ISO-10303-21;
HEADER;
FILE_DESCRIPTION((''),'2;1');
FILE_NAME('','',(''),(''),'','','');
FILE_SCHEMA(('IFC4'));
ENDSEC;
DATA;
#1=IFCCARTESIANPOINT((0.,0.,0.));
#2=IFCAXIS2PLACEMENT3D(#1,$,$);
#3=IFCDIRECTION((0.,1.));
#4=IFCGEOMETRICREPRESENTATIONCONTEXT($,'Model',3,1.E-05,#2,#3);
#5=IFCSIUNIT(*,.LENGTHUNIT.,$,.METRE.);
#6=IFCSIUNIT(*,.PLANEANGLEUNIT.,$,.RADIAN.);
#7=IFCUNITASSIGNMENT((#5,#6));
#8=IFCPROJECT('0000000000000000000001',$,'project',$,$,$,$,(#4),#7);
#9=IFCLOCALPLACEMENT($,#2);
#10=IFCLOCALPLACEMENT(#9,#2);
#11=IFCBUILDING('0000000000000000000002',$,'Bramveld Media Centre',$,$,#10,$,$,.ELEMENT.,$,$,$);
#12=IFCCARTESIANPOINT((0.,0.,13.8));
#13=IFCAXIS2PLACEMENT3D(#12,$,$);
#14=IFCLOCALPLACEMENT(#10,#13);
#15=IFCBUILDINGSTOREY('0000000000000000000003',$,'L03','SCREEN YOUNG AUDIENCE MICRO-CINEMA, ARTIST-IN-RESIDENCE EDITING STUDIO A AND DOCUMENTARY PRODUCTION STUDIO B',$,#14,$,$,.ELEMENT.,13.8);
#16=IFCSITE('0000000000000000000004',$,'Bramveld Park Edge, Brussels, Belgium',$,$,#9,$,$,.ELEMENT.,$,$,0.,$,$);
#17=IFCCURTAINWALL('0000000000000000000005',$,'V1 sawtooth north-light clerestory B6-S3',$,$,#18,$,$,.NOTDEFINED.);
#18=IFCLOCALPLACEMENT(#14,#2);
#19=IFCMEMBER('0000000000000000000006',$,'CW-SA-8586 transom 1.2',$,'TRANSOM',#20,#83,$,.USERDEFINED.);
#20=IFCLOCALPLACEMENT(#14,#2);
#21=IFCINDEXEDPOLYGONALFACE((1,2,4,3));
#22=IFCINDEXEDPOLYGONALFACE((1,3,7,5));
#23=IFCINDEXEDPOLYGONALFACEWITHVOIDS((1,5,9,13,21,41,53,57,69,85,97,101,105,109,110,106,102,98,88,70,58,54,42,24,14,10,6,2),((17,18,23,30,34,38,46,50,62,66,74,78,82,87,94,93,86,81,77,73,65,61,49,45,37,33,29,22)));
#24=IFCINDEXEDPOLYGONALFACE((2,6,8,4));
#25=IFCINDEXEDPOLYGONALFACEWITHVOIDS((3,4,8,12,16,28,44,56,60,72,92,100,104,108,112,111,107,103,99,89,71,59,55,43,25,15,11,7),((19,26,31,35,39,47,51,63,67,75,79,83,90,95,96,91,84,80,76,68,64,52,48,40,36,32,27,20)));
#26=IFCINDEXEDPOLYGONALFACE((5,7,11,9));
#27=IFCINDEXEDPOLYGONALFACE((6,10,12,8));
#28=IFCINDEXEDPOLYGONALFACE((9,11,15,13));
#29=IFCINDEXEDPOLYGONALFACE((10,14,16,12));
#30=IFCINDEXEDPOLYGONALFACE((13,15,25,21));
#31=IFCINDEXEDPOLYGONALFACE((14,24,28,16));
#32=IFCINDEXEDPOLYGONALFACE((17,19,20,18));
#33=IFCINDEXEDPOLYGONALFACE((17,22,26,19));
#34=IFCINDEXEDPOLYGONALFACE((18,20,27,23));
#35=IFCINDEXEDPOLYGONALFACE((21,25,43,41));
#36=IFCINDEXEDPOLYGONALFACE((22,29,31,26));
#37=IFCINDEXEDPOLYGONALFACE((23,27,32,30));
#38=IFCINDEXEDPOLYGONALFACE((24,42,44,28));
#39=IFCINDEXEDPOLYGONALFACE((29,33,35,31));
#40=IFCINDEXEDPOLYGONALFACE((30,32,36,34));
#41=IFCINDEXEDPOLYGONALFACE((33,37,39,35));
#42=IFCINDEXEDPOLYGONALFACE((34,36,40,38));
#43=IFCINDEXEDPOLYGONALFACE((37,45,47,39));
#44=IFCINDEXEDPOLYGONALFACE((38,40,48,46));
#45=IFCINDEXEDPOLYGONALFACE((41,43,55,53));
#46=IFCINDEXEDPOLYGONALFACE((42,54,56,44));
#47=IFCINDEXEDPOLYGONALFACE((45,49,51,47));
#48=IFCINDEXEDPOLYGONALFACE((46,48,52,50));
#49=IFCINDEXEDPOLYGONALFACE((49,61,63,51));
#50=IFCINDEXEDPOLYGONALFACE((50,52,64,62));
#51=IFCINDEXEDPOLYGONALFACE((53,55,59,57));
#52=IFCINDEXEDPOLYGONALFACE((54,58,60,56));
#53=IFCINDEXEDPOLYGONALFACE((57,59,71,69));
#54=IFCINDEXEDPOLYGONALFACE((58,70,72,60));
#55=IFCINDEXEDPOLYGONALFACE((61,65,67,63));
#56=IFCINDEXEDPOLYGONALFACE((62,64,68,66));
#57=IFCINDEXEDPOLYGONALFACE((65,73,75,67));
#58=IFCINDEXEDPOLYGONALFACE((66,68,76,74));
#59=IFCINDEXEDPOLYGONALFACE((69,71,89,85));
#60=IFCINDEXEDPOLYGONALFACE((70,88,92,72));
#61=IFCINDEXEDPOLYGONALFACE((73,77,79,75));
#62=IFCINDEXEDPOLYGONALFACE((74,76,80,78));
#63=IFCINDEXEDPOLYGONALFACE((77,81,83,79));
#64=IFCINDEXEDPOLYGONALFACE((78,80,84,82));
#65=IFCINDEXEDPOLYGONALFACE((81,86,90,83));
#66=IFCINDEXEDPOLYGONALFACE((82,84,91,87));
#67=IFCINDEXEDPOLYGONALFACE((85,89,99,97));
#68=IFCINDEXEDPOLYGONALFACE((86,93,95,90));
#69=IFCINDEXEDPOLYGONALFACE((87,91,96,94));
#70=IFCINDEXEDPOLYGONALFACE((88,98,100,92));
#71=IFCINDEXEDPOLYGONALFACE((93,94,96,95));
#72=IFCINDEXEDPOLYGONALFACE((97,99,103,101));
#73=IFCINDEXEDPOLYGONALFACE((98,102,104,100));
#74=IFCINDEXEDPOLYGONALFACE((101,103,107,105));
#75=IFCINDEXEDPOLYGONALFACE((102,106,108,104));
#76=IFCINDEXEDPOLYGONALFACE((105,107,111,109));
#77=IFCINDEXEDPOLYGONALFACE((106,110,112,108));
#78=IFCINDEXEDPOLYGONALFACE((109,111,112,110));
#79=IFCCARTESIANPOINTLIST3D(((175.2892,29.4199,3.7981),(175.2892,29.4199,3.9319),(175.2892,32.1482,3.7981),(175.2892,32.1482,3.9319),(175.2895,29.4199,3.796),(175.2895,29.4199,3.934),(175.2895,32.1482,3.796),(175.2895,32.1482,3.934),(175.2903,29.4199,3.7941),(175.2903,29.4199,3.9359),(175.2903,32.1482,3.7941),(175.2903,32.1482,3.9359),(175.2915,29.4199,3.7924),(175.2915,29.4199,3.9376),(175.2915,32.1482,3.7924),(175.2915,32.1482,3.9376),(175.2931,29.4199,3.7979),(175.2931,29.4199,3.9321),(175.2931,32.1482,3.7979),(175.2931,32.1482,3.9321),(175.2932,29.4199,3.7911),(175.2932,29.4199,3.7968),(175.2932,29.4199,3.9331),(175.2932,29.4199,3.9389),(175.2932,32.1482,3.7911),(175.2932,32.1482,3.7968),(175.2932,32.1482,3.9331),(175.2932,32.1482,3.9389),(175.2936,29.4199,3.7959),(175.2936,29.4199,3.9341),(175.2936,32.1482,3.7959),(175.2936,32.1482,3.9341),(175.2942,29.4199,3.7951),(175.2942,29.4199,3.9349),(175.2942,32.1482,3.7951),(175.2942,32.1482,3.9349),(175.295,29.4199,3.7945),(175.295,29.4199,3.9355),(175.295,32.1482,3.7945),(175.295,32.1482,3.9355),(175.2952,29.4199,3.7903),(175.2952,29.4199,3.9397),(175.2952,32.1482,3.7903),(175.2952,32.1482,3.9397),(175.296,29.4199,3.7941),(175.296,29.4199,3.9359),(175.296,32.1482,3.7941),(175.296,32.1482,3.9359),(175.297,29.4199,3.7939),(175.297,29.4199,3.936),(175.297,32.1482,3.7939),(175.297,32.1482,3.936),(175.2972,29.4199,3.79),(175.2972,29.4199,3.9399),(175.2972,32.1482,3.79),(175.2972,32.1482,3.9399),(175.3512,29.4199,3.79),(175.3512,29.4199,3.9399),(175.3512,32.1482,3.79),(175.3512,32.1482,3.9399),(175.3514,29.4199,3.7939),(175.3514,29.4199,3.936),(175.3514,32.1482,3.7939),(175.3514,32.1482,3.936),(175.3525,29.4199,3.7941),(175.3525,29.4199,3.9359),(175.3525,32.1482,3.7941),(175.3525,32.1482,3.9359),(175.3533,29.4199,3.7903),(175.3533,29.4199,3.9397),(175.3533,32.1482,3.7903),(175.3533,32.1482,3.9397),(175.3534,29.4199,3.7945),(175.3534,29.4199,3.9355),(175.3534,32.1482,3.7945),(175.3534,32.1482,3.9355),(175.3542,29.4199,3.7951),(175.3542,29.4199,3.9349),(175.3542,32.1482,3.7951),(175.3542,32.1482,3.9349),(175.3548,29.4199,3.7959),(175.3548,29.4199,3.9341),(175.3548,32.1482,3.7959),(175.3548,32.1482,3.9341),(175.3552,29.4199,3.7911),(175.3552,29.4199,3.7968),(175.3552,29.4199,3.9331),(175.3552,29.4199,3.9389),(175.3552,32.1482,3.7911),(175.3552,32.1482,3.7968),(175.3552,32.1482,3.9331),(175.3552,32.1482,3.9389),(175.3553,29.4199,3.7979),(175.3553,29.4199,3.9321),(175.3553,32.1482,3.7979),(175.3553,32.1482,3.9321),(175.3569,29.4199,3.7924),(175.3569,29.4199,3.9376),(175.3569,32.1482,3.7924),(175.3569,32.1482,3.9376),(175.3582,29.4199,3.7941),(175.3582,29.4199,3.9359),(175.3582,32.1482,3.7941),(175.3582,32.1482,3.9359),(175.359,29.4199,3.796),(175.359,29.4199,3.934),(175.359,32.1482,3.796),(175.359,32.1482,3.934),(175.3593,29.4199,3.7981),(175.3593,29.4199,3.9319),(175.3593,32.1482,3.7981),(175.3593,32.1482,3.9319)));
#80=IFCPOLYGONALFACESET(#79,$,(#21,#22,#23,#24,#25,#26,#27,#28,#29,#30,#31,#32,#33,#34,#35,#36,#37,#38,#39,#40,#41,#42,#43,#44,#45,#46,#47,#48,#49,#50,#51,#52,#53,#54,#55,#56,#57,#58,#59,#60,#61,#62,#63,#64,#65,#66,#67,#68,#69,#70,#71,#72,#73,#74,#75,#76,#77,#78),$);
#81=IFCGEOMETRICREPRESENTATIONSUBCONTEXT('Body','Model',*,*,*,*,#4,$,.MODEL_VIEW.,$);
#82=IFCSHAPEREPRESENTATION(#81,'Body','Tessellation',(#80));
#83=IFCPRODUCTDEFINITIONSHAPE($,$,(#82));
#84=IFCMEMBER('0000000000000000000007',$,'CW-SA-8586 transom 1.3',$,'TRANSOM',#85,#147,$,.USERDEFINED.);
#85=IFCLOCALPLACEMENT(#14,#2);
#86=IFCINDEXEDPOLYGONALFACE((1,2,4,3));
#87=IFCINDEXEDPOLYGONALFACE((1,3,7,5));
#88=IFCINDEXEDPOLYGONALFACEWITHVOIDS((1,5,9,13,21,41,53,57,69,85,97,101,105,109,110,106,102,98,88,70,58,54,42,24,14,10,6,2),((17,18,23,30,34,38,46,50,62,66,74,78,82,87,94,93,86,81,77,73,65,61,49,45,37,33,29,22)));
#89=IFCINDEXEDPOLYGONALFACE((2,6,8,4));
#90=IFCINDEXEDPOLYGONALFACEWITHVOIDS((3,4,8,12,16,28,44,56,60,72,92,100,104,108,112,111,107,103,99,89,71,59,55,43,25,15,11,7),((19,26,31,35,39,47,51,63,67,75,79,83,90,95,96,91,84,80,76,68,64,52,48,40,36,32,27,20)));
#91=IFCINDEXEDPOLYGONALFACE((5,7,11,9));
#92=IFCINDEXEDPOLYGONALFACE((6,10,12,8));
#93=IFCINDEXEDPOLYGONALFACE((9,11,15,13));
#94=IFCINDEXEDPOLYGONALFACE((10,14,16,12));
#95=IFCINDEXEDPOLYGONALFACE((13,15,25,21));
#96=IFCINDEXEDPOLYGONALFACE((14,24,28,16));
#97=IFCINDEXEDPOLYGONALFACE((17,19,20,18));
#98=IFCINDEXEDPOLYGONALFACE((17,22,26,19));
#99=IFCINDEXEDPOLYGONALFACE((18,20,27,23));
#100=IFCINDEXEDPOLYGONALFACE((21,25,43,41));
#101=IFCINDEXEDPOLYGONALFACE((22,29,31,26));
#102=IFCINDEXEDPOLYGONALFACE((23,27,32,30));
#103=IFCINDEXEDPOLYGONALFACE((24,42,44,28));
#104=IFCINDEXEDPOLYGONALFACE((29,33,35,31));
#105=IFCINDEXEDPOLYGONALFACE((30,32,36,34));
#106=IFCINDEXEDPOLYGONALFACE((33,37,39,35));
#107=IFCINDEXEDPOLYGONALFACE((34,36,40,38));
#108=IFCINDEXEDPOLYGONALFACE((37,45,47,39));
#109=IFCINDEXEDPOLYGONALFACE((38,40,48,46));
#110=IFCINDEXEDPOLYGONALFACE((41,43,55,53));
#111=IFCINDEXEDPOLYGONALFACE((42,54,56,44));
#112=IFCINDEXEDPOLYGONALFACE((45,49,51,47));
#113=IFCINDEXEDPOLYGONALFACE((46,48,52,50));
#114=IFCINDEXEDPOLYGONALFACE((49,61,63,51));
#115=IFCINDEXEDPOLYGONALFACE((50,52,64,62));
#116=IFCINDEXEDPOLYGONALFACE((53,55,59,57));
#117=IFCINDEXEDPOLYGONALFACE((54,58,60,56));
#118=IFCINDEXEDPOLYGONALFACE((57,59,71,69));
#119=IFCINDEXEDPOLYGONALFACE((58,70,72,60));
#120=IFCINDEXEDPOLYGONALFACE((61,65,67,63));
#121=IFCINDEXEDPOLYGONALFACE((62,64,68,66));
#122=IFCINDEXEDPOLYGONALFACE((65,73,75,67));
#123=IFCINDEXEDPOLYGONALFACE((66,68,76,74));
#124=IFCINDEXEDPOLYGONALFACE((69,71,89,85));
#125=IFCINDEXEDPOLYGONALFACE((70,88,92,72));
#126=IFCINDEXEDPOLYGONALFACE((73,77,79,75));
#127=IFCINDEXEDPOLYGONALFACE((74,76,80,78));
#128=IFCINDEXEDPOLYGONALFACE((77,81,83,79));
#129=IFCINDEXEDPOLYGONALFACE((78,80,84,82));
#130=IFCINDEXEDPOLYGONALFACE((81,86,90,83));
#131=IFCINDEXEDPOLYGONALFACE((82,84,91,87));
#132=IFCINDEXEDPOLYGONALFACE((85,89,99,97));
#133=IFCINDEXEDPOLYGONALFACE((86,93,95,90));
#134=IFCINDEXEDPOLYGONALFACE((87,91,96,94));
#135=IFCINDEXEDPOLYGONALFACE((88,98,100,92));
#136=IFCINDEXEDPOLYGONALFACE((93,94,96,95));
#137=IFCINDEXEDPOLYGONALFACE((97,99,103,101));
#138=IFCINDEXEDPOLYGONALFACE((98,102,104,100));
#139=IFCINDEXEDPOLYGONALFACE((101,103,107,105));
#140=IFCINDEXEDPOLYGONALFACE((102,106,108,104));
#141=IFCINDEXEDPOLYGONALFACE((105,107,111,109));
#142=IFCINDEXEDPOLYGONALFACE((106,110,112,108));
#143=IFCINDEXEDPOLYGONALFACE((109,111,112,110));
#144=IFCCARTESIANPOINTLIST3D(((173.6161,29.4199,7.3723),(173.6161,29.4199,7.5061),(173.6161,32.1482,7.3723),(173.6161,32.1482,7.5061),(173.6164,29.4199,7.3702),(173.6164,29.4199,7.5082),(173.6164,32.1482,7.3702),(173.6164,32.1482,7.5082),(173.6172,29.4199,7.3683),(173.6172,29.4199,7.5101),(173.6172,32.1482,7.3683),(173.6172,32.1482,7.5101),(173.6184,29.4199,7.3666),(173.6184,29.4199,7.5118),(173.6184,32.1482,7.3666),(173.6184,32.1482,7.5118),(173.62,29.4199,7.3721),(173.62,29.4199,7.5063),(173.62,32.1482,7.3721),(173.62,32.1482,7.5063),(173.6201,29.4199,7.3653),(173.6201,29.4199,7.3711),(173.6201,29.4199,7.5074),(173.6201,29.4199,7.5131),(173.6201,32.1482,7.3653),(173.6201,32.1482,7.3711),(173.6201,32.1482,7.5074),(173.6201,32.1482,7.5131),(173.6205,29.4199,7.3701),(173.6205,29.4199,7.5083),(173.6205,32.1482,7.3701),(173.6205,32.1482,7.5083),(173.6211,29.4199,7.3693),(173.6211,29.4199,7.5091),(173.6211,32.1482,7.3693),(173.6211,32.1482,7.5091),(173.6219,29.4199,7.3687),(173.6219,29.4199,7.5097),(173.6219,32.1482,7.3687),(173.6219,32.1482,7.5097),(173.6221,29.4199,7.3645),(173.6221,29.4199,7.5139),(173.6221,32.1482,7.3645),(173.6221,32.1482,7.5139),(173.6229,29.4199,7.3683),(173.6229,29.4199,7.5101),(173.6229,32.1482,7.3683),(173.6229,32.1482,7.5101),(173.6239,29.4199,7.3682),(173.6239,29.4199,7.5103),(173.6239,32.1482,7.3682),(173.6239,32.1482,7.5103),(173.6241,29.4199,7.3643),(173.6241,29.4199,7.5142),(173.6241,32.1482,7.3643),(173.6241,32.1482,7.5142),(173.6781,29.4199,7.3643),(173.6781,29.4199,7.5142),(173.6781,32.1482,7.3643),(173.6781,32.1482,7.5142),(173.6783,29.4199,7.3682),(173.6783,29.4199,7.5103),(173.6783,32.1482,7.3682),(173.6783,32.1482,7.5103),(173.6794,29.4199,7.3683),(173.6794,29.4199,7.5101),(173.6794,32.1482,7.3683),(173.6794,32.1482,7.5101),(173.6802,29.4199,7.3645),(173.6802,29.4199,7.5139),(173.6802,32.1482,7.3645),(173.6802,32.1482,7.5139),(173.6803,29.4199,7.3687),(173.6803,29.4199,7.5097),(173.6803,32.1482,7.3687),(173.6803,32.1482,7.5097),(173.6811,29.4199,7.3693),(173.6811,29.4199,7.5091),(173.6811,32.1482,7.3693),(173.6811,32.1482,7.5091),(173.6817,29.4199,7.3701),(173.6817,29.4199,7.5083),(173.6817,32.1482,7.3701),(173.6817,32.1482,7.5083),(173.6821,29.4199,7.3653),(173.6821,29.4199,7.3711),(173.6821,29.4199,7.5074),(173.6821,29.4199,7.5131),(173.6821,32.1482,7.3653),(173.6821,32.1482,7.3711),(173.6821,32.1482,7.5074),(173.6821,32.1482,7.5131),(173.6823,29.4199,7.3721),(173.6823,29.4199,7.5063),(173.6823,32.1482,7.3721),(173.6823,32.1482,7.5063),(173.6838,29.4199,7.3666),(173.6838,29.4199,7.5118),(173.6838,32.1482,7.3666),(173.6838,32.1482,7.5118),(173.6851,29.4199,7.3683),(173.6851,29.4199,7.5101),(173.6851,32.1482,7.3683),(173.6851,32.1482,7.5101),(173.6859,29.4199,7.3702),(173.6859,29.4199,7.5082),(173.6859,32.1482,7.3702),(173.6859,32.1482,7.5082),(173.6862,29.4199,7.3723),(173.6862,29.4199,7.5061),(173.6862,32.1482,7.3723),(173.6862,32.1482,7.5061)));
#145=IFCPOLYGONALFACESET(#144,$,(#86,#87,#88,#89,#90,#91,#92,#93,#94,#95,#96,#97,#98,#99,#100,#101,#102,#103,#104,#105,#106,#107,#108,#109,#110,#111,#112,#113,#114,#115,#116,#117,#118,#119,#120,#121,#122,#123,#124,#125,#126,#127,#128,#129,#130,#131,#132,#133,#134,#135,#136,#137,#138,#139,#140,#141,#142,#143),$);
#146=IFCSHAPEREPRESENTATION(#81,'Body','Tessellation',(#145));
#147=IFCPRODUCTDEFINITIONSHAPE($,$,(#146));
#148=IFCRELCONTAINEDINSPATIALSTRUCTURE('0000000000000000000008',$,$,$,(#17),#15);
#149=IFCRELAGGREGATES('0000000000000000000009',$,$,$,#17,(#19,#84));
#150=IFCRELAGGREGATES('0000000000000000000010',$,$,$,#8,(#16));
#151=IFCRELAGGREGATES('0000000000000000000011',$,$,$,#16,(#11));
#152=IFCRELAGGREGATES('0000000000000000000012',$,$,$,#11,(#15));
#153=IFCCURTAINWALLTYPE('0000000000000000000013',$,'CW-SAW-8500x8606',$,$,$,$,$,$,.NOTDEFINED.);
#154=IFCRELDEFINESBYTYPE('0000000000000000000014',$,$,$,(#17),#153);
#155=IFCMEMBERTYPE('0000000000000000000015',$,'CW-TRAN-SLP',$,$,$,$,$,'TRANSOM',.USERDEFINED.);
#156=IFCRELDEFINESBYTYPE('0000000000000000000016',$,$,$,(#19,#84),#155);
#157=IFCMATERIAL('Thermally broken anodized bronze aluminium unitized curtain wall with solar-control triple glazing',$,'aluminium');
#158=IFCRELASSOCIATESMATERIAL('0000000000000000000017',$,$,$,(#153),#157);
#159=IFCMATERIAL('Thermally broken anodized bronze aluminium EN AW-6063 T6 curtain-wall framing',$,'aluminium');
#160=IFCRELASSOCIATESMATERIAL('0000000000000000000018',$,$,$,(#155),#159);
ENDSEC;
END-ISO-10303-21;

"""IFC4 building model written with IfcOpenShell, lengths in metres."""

from ifc_helpers import new_model, si_unit, direction, frame, origin, origin_2d, place, context, subcontext, project, spatial, hollow_rectangle, extrude, material, material_profile, profile_set, type_object, element, aggregate, save


model = new_model("IFC4")

# Units and contexts
model_context = context("Model", 3, precision=1e-05, world=origin(), true_north=direction((0.0, 1.0)))
body_context = subcontext(model_context, "Body", "Model", "MODEL_VIEW")
ifc_project = project(units=[si_unit("LENGTHUNIT", "METRE"), si_unit("PLANEANGLEUNIT", "RADIAN")], contexts=[model_context])

# Site, building, storey
site_placement = place(None, origin())
site = spatial("IfcSite", under=ifc_project, at=site_placement, Name="Bramveld Park Edge, Brussels, Belgium", CompositionType="ELEMENT", RefElevation=0.0)
building_placement = place(site_placement, origin())
building = spatial("IfcBuilding", under=site, at=building_placement, Name="Bramveld Media Centre", CompositionType="ELEMENT")
storey_placement = place(building_placement, frame((0.0, 0.0, 13.8)))
storey = spatial("IfcBuildingStorey", under=building, at=storey_placement, Name="L03", Description="SCREEN YOUNG AUDIENCE MICRO-CINEMA, ARTIST-IN-RESIDENCE EDITING STUDIO A AND DOCUMENTARY PRODUCTION STUDIO B", CompositionType="ELEMENT", Elevation=13.8)

# Shared definitions
ifc_material_1 = material(Name="Thermally broken anodized bronze aluminium unitized curtain wall with solar-control triple glazing", Category="aluminium")
curtain_wall_type_1 = type_object("IfcCurtainWallType", Name="CW-SAW-8500x8606", PredefinedType="NOTDEFINED", material=ifc_material_1)

# Shared definitions
ifc_material_2 = material(Name="Thermally broken anodized bronze aluminium EN AW-6063 T6 curtain-wall framing", Category="aluminium")
ifc_material_profile_1 = material_profile(ifc_material_2, hollow_rectangle(XDim=0.0701, YDim=0.1499, WallThickness=0.0039, InnerFilletRadius=0.0039, OuterFilletRadius=0.0081, at=origin_2d()), Name="AL-TRAN 70x150")
ifc_profile_set_1 = profile_set([ifc_material_profile_1], Name="Thermally broken anodized bronze aluminium EN AW-6063 T6 curtain-wall framing")
member_type_1 = type_object("IfcMemberType", Name="CW-TRAN-SLP", ElementType="TRANSOM", PredefinedType="USERDEFINED", material=ifc_profile_set_1)

# Curtain wall, members
curtain_wall_1_placement = place(storey_placement, origin())
curtain_wall_1 = element("IfcCurtainWall", 1, at=curtain_wall_1_placement, inside=storey, type_object=curtain_wall_type_1, Name="V1 sawtooth north-light clerestory B6-S3", PredefinedType="NOTDEFINED")
member_1_placement = place(storey_placement, frame((175.3242, 29.4199, 3.865), z_axis=(0.0, 1.0, 0.0), x_axis=(-1.0, 0.0, 0.0)))
member_1 = element("IfcMember", 2, at=member_1_placement, type_object=member_type_1, Name="CW-SA-8586 transom 1.2", ObjectType="TRANSOM", PredefinedType="USERDEFINED", context=body_context, shape_type="SweptSolid", body=[
    extrude(hollow_rectangle(XDim=0.0701, YDim=0.1499, WallThickness=0.0039, InnerFilletRadius=0.0039, OuterFilletRadius=0.0081, at=origin_2d()), origin(), (0.0, 0.0, 1.0), 2.7283),
])
member_2_placement = place(storey_placement, frame((173.6511, 29.4199, 7.4392), z_axis=(0.0, 1.0, 0.0), x_axis=(-1.0, 0.0, 0.0)))
member_2 = element("IfcMember", 3, at=member_2_placement, type_object=member_type_1, Name="CW-SA-8586 transom 1.3", ObjectType="TRANSOM", PredefinedType="USERDEFINED", context=body_context, shape_type="SweptSolid", body=[
    extrude(hollow_rectangle(XDim=0.0701, YDim=0.1499, WallThickness=0.0039, InnerFilletRadius=0.0039, OuterFilletRadius=0.0081, at=origin_2d()), origin(), (0.0, 0.0, 1.0), 2.7283),
])

aggregate(curtain_wall_1, [member_1, member_2])

save(model, "model.ifc")
